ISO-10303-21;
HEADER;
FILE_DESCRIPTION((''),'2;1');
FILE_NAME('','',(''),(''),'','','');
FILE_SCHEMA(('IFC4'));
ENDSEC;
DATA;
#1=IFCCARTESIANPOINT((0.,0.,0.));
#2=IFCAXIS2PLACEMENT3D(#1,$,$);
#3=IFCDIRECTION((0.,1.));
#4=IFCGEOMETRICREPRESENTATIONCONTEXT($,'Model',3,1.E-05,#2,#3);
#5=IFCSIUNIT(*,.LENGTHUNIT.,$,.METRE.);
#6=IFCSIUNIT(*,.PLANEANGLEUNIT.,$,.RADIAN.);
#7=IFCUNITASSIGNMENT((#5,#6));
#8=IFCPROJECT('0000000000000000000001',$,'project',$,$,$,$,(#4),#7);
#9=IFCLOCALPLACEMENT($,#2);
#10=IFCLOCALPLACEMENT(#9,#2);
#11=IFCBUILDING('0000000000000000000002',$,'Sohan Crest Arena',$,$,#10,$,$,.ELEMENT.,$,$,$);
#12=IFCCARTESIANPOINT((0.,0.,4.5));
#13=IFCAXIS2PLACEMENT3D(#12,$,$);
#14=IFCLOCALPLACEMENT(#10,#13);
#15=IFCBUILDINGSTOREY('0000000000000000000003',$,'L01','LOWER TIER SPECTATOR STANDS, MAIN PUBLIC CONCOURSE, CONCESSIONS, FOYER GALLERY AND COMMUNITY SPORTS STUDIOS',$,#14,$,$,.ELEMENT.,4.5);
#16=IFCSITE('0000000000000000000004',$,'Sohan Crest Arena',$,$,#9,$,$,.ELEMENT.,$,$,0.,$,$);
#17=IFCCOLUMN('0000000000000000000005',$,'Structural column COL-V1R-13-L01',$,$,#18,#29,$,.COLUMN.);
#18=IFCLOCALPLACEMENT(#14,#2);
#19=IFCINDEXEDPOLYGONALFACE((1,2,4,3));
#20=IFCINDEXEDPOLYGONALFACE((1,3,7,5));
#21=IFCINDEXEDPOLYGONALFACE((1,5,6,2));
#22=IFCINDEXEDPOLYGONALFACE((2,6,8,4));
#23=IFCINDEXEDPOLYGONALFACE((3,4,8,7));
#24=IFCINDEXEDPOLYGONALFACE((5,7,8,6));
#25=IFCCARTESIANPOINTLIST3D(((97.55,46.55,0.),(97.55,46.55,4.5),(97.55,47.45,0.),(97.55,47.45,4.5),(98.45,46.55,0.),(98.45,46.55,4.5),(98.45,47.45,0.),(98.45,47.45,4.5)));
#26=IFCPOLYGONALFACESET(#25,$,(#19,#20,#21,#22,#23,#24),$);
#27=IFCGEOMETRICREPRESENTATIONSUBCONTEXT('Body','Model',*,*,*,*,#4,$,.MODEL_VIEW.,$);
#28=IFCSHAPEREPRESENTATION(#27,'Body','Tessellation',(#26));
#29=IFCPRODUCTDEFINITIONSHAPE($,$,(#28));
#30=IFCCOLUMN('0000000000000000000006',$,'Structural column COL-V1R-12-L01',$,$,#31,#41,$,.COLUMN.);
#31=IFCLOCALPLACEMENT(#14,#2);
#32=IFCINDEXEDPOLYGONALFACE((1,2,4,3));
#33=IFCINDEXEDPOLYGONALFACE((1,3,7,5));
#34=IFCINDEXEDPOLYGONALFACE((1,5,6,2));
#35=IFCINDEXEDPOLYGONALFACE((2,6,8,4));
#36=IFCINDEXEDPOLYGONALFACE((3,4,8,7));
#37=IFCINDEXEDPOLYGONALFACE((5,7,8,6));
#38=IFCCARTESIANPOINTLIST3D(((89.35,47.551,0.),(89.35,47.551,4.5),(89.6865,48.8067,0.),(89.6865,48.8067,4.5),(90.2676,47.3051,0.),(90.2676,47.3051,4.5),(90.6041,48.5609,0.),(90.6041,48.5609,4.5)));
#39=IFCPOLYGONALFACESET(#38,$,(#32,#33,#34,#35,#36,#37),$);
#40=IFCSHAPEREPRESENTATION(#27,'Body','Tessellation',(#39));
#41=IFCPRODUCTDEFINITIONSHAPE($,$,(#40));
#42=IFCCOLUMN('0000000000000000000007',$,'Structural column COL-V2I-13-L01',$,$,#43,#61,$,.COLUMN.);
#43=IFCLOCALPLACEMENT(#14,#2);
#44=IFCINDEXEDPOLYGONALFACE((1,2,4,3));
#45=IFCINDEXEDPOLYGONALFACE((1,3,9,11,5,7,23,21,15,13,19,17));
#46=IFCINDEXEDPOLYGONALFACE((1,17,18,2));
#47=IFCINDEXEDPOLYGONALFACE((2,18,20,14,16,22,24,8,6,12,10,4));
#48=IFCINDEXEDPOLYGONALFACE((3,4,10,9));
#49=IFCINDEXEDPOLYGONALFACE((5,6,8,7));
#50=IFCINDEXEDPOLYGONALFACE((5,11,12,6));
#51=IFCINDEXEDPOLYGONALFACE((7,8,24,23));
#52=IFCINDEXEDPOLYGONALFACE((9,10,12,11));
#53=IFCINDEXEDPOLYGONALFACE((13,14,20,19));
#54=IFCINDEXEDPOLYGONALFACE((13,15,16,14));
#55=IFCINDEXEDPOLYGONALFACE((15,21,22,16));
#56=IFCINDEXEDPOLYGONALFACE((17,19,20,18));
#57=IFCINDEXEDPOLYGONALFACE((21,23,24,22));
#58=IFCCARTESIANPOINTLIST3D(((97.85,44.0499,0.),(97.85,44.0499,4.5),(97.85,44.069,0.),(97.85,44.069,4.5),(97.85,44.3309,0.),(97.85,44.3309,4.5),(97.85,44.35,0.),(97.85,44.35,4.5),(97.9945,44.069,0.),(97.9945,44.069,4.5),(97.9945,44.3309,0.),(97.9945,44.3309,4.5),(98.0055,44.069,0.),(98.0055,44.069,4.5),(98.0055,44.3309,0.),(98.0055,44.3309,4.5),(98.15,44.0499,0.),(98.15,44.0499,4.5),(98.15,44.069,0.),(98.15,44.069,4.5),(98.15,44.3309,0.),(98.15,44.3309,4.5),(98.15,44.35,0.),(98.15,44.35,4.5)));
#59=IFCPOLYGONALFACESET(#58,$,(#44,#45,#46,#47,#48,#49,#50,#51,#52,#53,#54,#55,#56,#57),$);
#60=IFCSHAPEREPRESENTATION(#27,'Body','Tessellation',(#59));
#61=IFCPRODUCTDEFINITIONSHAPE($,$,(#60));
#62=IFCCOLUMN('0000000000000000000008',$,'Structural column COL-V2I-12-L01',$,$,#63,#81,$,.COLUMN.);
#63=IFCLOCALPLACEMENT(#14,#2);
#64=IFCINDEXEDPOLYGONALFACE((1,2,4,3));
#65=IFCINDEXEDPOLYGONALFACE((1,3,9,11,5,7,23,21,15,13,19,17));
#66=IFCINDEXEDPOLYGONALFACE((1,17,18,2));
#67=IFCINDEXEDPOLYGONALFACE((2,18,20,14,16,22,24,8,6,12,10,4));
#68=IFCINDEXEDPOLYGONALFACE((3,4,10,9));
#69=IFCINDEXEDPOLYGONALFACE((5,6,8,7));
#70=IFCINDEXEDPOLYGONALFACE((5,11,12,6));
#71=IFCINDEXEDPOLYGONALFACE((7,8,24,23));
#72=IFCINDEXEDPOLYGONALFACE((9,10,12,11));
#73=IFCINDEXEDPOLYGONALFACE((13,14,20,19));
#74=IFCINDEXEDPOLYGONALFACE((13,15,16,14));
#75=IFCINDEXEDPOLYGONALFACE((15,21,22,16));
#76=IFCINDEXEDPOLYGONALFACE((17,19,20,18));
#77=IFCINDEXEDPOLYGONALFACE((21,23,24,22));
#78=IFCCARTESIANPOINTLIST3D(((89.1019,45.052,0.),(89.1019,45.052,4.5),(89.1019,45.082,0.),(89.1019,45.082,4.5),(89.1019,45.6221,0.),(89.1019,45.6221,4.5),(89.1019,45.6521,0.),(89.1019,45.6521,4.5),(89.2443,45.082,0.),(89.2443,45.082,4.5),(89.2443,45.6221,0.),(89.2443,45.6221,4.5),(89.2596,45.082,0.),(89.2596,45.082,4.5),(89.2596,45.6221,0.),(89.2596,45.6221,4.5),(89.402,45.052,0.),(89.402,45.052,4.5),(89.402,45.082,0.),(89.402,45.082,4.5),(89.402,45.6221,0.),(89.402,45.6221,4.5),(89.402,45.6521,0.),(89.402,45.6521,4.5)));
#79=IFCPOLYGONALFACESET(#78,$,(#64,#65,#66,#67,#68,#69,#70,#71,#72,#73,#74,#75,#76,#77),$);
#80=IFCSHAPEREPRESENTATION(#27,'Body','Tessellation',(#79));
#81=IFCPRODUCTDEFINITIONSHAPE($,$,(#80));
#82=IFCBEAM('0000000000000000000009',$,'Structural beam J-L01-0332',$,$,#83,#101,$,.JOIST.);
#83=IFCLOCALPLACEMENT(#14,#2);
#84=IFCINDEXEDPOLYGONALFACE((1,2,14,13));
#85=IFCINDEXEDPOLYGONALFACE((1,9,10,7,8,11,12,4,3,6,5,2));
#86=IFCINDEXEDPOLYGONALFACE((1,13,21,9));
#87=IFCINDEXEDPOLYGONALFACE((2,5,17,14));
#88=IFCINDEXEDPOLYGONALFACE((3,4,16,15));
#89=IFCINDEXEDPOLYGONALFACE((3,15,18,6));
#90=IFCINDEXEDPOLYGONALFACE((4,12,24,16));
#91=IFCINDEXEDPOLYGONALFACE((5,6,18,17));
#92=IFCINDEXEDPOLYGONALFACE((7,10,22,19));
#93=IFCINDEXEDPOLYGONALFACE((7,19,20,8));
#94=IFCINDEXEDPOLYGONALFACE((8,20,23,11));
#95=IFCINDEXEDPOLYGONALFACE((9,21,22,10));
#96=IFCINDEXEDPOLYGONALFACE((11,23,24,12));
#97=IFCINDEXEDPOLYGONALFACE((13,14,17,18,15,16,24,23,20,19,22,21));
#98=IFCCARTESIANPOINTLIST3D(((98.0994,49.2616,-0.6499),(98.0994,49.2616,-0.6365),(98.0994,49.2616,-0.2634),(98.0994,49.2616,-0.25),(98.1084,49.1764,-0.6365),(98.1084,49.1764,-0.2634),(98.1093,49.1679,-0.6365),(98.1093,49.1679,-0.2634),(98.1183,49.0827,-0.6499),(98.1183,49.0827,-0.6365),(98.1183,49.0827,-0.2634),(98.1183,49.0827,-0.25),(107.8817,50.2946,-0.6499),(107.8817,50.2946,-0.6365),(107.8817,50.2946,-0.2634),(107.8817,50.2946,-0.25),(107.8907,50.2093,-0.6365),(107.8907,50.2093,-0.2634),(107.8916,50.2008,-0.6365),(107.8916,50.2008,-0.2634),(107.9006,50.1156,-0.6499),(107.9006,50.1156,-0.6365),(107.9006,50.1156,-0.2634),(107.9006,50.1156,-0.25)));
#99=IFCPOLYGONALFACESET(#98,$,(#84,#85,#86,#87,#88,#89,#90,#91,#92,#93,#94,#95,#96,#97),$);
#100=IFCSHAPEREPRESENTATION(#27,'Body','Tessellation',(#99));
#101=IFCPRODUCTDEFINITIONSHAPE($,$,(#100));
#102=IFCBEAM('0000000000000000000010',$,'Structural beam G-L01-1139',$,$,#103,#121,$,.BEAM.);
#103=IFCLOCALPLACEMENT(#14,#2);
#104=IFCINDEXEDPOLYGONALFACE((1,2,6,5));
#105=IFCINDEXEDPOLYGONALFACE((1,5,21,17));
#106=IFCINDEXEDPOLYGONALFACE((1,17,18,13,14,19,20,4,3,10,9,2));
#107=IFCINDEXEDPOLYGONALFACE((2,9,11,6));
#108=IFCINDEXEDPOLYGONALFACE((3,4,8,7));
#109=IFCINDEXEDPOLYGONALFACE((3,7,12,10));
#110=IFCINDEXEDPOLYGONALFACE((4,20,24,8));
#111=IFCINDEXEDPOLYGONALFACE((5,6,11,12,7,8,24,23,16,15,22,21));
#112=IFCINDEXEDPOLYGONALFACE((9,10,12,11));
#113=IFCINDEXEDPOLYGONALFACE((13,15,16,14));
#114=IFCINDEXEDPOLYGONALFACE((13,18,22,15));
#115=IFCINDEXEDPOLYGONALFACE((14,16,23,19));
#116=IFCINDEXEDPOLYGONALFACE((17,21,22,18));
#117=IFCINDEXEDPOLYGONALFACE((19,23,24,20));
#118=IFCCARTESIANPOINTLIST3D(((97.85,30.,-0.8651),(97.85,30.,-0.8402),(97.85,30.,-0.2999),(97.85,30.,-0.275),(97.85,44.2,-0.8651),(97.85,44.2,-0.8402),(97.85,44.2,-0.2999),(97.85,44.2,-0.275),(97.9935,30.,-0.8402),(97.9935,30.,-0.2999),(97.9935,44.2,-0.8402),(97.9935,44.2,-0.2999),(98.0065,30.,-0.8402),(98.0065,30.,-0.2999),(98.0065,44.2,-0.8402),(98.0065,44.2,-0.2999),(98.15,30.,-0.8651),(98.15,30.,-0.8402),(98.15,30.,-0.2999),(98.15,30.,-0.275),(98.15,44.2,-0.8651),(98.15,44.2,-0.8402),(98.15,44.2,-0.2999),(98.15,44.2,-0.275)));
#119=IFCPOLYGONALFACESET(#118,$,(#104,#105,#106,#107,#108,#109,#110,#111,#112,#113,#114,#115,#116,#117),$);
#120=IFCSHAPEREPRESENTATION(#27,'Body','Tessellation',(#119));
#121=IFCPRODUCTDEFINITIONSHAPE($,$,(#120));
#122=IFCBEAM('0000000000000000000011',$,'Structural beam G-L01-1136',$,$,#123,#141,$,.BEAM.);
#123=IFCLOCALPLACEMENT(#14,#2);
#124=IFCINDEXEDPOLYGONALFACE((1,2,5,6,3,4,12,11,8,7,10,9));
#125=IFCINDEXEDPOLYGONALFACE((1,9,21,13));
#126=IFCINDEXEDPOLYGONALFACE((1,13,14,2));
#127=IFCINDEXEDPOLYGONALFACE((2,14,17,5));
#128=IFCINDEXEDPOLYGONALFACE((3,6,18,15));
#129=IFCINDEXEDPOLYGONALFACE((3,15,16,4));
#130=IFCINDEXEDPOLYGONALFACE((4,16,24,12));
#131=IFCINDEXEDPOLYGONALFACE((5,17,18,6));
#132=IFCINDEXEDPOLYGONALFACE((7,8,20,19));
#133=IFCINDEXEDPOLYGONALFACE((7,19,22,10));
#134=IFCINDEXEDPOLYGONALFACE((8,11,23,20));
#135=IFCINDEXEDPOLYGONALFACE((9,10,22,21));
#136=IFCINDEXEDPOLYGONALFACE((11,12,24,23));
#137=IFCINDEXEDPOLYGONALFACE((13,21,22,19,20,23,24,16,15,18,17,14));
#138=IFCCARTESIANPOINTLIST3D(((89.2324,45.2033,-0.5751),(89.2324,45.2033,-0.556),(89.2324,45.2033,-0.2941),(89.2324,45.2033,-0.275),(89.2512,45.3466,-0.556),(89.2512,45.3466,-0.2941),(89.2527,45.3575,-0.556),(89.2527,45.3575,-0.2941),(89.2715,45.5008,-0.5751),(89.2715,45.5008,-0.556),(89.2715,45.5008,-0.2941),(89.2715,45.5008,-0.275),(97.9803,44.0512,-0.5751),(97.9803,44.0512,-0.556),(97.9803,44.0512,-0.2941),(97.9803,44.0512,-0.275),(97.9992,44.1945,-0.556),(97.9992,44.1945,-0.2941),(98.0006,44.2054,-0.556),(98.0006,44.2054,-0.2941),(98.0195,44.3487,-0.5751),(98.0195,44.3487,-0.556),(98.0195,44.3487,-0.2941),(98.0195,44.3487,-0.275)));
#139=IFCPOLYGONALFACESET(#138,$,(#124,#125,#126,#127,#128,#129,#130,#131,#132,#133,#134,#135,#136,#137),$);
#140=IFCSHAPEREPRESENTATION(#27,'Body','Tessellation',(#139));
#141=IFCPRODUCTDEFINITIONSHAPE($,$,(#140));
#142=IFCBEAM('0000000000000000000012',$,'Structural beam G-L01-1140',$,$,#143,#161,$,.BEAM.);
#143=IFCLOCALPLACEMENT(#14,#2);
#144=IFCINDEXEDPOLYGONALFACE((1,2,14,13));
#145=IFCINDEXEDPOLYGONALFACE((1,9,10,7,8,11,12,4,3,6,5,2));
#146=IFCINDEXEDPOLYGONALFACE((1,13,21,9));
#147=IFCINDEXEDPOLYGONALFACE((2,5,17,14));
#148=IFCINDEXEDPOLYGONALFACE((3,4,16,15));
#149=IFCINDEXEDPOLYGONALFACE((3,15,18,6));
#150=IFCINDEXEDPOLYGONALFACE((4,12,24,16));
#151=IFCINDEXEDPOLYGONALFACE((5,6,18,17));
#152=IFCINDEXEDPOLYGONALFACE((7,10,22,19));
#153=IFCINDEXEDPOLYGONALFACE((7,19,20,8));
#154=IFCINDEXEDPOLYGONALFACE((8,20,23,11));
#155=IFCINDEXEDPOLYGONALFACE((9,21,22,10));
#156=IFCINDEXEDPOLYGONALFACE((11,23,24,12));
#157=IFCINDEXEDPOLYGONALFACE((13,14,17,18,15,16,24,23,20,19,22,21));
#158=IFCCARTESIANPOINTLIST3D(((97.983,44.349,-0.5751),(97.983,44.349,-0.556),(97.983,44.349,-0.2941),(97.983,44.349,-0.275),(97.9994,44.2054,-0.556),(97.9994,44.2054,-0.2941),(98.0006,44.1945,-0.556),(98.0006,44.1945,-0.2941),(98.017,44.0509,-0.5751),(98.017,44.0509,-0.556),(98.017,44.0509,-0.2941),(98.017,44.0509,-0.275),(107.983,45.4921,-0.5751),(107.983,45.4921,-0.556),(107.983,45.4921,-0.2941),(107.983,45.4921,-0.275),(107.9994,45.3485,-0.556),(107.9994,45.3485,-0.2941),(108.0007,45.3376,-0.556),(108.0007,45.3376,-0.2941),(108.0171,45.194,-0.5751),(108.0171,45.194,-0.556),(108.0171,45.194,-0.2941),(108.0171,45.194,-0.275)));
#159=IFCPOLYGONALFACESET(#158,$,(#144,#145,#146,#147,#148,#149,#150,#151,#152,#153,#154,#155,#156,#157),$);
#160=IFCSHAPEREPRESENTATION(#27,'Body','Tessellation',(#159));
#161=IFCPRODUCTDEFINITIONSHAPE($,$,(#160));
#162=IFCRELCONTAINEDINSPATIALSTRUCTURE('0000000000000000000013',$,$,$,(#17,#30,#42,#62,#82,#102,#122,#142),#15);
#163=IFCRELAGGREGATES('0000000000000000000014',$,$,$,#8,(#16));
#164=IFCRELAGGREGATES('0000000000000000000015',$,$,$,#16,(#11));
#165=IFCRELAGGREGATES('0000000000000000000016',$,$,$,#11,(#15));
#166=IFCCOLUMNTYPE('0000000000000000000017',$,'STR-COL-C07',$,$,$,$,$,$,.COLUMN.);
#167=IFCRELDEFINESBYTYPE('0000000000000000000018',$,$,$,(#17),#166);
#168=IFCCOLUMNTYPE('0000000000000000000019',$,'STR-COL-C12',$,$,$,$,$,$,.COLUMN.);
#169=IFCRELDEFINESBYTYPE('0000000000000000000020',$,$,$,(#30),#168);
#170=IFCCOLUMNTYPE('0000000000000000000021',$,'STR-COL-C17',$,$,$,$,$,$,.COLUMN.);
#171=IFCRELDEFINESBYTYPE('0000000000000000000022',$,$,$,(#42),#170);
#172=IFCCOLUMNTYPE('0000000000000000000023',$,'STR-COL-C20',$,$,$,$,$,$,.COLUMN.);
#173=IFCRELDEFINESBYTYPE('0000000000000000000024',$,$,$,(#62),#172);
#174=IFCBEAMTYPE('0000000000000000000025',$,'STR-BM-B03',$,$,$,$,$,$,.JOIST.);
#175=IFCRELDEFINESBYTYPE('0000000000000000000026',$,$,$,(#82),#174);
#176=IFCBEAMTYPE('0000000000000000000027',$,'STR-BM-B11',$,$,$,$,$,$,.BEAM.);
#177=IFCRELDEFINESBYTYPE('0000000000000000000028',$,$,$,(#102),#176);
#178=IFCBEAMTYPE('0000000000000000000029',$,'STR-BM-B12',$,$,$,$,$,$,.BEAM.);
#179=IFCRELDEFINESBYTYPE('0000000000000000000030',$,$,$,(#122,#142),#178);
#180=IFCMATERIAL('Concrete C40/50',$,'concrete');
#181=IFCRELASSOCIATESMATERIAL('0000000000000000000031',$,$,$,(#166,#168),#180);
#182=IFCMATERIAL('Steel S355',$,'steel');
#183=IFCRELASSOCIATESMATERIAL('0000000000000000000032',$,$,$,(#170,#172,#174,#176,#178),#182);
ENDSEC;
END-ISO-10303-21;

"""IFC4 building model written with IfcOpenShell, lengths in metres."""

from ifc_helpers import new_model, si_unit, direction, frame, origin, origin_2d, place, context, subcontext, project, spatial, rectangle, i_section, extrude, material, material_profile, profile_set, type_object, element, save


model = new_model("IFC4")

# Units and contexts
model_context = context("Model", 3, precision=1e-05, world=origin(), true_north=direction((0.0, 1.0)))
body_context = subcontext(model_context, "Body", "Model", "MODEL_VIEW")
ifc_project = project(units=[si_unit("LENGTHUNIT", "METRE"), si_unit("PLANEANGLEUNIT", "RADIAN")], contexts=[model_context])

# Site, building, storey
site_placement = place(None, origin())
site = spatial("IfcSite", under=ifc_project, at=site_placement, Name="Sohan Crest Arena", CompositionType="ELEMENT", RefElevation=0.0)
building_placement = place(site_placement, origin())
building = spatial("IfcBuilding", under=site, at=building_placement, Name="Sohan Crest Arena", CompositionType="ELEMENT")
storey_placement = place(building_placement, frame((0.0, 0.0, 4.5)))
storey = spatial("IfcBuildingStorey", under=building, at=storey_placement, Name="L01", Description="LOWER TIER SPECTATOR STANDS, MAIN PUBLIC CONCOURSE, CONCESSIONS, FOYER GALLERY AND COMMUNITY SPORTS STUDIOS", CompositionType="ELEMENT", Elevation=4.5)

# Columns
ifc_material_1 = material(Name="Concrete C40/50", Category="concrete")
ifc_material_profile_1 = material_profile(ifc_material_1, rectangle(XDim=0.8999, YDim=0.8999, at=origin_2d()), Name="RC 900x900")
ifc_profile_set_1 = profile_set([ifc_material_profile_1], Name="Concrete C40/50")
column_type_1 = type_object("IfcColumnType", Name="STR-COL-C07", PredefinedType="COLUMN", material=ifc_profile_set_1)
column_1_placement = place(storey_placement, frame((98.0, 47.0, 0.0), z_axis=(0.0, 0.0, 1.0), x_axis=(0.0, 1.0, 0.0)))
element("IfcColumn", 1, at=column_1_placement, inside=storey, type_object=column_type_1, Name="Structural column COL-V1R-13-L01", PredefinedType="COLUMN", context=body_context, shape_type="SweptSolid", body=[
    extrude(rectangle(XDim=0.8999, YDim=0.8999, at=origin_2d()), origin(), (0.0, 0.0, 1.0), 4.5),
])
ifc_material_profile_2 = material_profile(ifc_material_1, rectangle(XDim=1.3, YDim=0.95, at=origin_2d()), Name="RC 1300x950")
ifc_profile_set_2 = profile_set([ifc_material_profile_2], Name="Concrete C40/50")
column_type_2 = type_object("IfcColumnType", Name="STR-COL-C12", PredefinedType="COLUMN", material=ifc_profile_set_2)
column_2_placement = place(storey_placement, frame((89.9771, 48.0559, 0.0), z_axis=(0.0, 0.0, 1.0), x_axis=(0.258819, 0.965926, 0.0)))
element("IfcColumn", 2, at=column_2_placement, inside=storey, type_object=column_type_2, Name="Structural column COL-V1R-12-L01", PredefinedType="COLUMN", context=body_context, shape_type="SweptSolid", body=[
    extrude(rectangle(XDim=1.3, YDim=0.95, at=origin_2d()), origin(), (0.0, 0.0, 1.0), 4.5),
])
ifc_material_2 = material(Name="Steel S355", Category="steel")
ifc_material_profile_3 = material_profile(ifc_material_2, i_section(OverallWidth=0.3, OverallDepth=0.3, WebThickness=0.011, FlangeThickness=0.019, at=origin_2d()), Name="HEB 300")
ifc_profile_set_3 = profile_set([ifc_material_profile_3], Name="Steel S355")
column_type_3 = type_object("IfcColumnType", Name="STR-COL-C17", PredefinedType="COLUMN", material=ifc_profile_set_3)
column_3_placement = place(storey_placement, frame((98.0, 44.2, 0.0), z_axis=(0.0, 0.0, 1.0), x_axis=(1.0, 0.0, 0.0)))
element("IfcColumn", 3, at=column_3_placement, inside=storey, type_object=column_type_3, Name="Structural column COL-V2I-13-L01", PredefinedType="COLUMN", context=body_context, shape_type="SweptSolid", body=[
    extrude(i_section(OverallWidth=0.3, OverallDepth=0.3, WebThickness=0.011, FlangeThickness=0.019, at=origin_2d()), origin(), (0.0, 0.0, 1.0), 4.5),
])
ifc_material_profile_4 = material_profile(ifc_material_2, i_section(OverallWidth=0.3, OverallDepth=0.6001, WebThickness=0.0154, FlangeThickness=0.03, at=origin_2d()), Name="HEB 600")
ifc_profile_set_4 = profile_set([ifc_material_profile_4], Name="Steel S355")
column_type_4 = type_object("IfcColumnType", Name="STR-COL-C20", PredefinedType="COLUMN", material=ifc_profile_set_4)
column_4_placement = place(storey_placement, frame((89.252, 45.3521, 0.0), z_axis=(0.0, 0.0, 1.0), x_axis=(1.0, 0.0, 0.0)))
element("IfcColumn", 4, at=column_4_placement, inside=storey, type_object=column_type_4, Name="Structural column COL-V2I-12-L01", PredefinedType="COLUMN", context=body_context, shape_type="SweptSolid", body=[
    extrude(i_section(OverallWidth=0.3, OverallDepth=0.6001, WebThickness=0.0154, FlangeThickness=0.03, at=origin_2d()), origin(), (0.0, 0.0, 1.0), 4.5),
])

# Beams
ifc_material_profile_5 = material_profile(ifc_material_2, i_section(OverallWidth=0.1799, OverallDepth=0.3999, WebThickness=0.0085, FlangeThickness=0.0134, at=origin_2d()), Name="IPE 400")
ifc_profile_set_5 = profile_set([ifc_material_profile_5], Name="Steel S355")
beam_type_1 = type_object("IfcBeamType", Name="STR-BM-B03", PredefinedType="JOIST", material=ifc_profile_set_5)
beam_1_placement = place(storey_placement, frame((98.1089, 49.1721, -0.45), z_axis=(0.994471, 0.105012, 0.0), x_axis=(-0.105012, 0.994471, 0.0)))
element("IfcBeam", 5, at=beam_1_placement, inside=storey, type_object=beam_type_1, Name="Structural beam J-L01-0332", PredefinedType="JOIST", context=body_context, shape_type="SweptSolid", body=[
    extrude(i_section(OverallWidth=0.1799, OverallDepth=0.3999, WebThickness=0.0085, FlangeThickness=0.0134, at=origin_2d()), origin(), (0.0, 0.0, 1.0), 9.8367),
])
ifc_material_profile_6 = material_profile(ifc_material_2, i_section(OverallWidth=0.3, OverallDepth=0.5901, WebThickness=0.0129, FlangeThickness=0.0249, at=origin_2d()), Name="HEA 600")
ifc_profile_set_6 = profile_set([ifc_material_profile_6], Name="Steel S355")
beam_type_2 = type_object("IfcBeamType", Name="STR-BM-B11", PredefinedType="BEAM", material=ifc_profile_set_6)
beam_2_placement = place(storey_placement, frame((98.0, 44.2, -0.5701), z_axis=(0.0, -1.0, 0.0), x_axis=(1.0, 0.0, 0.0)))
element("IfcBeam", 6, at=beam_2_placement, inside=storey, type_object=beam_type_2, Name="Structural beam G-L01-1139", PredefinedType="BEAM", context=body_context, shape_type="SweptSolid", body=[
    extrude(i_section(OverallWidth=0.3, OverallDepth=0.5901, WebThickness=0.0129, FlangeThickness=0.0249, at=origin_2d()), origin(), (0.0, 0.0, 1.0), 14.2),
])
ifc_material_profile_7 = material_profile(ifc_material_2, i_section(OverallWidth=0.3, OverallDepth=0.3, WebThickness=0.011, FlangeThickness=0.019, at=origin_2d()), Name="HEB 300")
ifc_profile_set_7 = profile_set([ifc_material_profile_7], Name="Steel S355")
beam_type_3 = type_object("IfcBeamType", Name="STR-BM-B12", PredefinedType="BEAM", material=ifc_profile_set_7)
beam_3_placement = place(storey_placement, frame((89.252, 45.3521, -0.425), z_axis=(0.991439, -0.13057, 0.0), x_axis=(0.13057, 0.991439, 0.0)))
element("IfcBeam", 7, at=beam_3_placement, inside=storey, type_object=beam_type_3, Name="Structural beam G-L01-1136", PredefinedType="BEAM", context=body_context, shape_type="SweptSolid", body=[
    extrude(i_section(OverallWidth=0.3, OverallDepth=0.3, WebThickness=0.011, FlangeThickness=0.019, at=origin_2d()), origin(), (0.0, 0.0, 1.0), 8.8235),
])
beam_4_placement = place(storey_placement, frame((98.0, 44.2, -0.425), z_axis=(0.99353, 0.113567, 0.0), x_axis=(-0.113567, 0.99353, 0.0)))
element("IfcBeam", 8, at=beam_4_placement, inside=storey, type_object=beam_type_3, Name="Structural beam G-L01-1140", PredefinedType="BEAM", context=body_context, shape_type="SweptSolid", body=[
    extrude(i_section(OverallWidth=0.3, OverallDepth=0.3, WebThickness=0.011, FlangeThickness=0.019, at=origin_2d()), origin(), (0.0, 0.0, 1.0), 10.0652),
])

save(model, "model.ifc")
